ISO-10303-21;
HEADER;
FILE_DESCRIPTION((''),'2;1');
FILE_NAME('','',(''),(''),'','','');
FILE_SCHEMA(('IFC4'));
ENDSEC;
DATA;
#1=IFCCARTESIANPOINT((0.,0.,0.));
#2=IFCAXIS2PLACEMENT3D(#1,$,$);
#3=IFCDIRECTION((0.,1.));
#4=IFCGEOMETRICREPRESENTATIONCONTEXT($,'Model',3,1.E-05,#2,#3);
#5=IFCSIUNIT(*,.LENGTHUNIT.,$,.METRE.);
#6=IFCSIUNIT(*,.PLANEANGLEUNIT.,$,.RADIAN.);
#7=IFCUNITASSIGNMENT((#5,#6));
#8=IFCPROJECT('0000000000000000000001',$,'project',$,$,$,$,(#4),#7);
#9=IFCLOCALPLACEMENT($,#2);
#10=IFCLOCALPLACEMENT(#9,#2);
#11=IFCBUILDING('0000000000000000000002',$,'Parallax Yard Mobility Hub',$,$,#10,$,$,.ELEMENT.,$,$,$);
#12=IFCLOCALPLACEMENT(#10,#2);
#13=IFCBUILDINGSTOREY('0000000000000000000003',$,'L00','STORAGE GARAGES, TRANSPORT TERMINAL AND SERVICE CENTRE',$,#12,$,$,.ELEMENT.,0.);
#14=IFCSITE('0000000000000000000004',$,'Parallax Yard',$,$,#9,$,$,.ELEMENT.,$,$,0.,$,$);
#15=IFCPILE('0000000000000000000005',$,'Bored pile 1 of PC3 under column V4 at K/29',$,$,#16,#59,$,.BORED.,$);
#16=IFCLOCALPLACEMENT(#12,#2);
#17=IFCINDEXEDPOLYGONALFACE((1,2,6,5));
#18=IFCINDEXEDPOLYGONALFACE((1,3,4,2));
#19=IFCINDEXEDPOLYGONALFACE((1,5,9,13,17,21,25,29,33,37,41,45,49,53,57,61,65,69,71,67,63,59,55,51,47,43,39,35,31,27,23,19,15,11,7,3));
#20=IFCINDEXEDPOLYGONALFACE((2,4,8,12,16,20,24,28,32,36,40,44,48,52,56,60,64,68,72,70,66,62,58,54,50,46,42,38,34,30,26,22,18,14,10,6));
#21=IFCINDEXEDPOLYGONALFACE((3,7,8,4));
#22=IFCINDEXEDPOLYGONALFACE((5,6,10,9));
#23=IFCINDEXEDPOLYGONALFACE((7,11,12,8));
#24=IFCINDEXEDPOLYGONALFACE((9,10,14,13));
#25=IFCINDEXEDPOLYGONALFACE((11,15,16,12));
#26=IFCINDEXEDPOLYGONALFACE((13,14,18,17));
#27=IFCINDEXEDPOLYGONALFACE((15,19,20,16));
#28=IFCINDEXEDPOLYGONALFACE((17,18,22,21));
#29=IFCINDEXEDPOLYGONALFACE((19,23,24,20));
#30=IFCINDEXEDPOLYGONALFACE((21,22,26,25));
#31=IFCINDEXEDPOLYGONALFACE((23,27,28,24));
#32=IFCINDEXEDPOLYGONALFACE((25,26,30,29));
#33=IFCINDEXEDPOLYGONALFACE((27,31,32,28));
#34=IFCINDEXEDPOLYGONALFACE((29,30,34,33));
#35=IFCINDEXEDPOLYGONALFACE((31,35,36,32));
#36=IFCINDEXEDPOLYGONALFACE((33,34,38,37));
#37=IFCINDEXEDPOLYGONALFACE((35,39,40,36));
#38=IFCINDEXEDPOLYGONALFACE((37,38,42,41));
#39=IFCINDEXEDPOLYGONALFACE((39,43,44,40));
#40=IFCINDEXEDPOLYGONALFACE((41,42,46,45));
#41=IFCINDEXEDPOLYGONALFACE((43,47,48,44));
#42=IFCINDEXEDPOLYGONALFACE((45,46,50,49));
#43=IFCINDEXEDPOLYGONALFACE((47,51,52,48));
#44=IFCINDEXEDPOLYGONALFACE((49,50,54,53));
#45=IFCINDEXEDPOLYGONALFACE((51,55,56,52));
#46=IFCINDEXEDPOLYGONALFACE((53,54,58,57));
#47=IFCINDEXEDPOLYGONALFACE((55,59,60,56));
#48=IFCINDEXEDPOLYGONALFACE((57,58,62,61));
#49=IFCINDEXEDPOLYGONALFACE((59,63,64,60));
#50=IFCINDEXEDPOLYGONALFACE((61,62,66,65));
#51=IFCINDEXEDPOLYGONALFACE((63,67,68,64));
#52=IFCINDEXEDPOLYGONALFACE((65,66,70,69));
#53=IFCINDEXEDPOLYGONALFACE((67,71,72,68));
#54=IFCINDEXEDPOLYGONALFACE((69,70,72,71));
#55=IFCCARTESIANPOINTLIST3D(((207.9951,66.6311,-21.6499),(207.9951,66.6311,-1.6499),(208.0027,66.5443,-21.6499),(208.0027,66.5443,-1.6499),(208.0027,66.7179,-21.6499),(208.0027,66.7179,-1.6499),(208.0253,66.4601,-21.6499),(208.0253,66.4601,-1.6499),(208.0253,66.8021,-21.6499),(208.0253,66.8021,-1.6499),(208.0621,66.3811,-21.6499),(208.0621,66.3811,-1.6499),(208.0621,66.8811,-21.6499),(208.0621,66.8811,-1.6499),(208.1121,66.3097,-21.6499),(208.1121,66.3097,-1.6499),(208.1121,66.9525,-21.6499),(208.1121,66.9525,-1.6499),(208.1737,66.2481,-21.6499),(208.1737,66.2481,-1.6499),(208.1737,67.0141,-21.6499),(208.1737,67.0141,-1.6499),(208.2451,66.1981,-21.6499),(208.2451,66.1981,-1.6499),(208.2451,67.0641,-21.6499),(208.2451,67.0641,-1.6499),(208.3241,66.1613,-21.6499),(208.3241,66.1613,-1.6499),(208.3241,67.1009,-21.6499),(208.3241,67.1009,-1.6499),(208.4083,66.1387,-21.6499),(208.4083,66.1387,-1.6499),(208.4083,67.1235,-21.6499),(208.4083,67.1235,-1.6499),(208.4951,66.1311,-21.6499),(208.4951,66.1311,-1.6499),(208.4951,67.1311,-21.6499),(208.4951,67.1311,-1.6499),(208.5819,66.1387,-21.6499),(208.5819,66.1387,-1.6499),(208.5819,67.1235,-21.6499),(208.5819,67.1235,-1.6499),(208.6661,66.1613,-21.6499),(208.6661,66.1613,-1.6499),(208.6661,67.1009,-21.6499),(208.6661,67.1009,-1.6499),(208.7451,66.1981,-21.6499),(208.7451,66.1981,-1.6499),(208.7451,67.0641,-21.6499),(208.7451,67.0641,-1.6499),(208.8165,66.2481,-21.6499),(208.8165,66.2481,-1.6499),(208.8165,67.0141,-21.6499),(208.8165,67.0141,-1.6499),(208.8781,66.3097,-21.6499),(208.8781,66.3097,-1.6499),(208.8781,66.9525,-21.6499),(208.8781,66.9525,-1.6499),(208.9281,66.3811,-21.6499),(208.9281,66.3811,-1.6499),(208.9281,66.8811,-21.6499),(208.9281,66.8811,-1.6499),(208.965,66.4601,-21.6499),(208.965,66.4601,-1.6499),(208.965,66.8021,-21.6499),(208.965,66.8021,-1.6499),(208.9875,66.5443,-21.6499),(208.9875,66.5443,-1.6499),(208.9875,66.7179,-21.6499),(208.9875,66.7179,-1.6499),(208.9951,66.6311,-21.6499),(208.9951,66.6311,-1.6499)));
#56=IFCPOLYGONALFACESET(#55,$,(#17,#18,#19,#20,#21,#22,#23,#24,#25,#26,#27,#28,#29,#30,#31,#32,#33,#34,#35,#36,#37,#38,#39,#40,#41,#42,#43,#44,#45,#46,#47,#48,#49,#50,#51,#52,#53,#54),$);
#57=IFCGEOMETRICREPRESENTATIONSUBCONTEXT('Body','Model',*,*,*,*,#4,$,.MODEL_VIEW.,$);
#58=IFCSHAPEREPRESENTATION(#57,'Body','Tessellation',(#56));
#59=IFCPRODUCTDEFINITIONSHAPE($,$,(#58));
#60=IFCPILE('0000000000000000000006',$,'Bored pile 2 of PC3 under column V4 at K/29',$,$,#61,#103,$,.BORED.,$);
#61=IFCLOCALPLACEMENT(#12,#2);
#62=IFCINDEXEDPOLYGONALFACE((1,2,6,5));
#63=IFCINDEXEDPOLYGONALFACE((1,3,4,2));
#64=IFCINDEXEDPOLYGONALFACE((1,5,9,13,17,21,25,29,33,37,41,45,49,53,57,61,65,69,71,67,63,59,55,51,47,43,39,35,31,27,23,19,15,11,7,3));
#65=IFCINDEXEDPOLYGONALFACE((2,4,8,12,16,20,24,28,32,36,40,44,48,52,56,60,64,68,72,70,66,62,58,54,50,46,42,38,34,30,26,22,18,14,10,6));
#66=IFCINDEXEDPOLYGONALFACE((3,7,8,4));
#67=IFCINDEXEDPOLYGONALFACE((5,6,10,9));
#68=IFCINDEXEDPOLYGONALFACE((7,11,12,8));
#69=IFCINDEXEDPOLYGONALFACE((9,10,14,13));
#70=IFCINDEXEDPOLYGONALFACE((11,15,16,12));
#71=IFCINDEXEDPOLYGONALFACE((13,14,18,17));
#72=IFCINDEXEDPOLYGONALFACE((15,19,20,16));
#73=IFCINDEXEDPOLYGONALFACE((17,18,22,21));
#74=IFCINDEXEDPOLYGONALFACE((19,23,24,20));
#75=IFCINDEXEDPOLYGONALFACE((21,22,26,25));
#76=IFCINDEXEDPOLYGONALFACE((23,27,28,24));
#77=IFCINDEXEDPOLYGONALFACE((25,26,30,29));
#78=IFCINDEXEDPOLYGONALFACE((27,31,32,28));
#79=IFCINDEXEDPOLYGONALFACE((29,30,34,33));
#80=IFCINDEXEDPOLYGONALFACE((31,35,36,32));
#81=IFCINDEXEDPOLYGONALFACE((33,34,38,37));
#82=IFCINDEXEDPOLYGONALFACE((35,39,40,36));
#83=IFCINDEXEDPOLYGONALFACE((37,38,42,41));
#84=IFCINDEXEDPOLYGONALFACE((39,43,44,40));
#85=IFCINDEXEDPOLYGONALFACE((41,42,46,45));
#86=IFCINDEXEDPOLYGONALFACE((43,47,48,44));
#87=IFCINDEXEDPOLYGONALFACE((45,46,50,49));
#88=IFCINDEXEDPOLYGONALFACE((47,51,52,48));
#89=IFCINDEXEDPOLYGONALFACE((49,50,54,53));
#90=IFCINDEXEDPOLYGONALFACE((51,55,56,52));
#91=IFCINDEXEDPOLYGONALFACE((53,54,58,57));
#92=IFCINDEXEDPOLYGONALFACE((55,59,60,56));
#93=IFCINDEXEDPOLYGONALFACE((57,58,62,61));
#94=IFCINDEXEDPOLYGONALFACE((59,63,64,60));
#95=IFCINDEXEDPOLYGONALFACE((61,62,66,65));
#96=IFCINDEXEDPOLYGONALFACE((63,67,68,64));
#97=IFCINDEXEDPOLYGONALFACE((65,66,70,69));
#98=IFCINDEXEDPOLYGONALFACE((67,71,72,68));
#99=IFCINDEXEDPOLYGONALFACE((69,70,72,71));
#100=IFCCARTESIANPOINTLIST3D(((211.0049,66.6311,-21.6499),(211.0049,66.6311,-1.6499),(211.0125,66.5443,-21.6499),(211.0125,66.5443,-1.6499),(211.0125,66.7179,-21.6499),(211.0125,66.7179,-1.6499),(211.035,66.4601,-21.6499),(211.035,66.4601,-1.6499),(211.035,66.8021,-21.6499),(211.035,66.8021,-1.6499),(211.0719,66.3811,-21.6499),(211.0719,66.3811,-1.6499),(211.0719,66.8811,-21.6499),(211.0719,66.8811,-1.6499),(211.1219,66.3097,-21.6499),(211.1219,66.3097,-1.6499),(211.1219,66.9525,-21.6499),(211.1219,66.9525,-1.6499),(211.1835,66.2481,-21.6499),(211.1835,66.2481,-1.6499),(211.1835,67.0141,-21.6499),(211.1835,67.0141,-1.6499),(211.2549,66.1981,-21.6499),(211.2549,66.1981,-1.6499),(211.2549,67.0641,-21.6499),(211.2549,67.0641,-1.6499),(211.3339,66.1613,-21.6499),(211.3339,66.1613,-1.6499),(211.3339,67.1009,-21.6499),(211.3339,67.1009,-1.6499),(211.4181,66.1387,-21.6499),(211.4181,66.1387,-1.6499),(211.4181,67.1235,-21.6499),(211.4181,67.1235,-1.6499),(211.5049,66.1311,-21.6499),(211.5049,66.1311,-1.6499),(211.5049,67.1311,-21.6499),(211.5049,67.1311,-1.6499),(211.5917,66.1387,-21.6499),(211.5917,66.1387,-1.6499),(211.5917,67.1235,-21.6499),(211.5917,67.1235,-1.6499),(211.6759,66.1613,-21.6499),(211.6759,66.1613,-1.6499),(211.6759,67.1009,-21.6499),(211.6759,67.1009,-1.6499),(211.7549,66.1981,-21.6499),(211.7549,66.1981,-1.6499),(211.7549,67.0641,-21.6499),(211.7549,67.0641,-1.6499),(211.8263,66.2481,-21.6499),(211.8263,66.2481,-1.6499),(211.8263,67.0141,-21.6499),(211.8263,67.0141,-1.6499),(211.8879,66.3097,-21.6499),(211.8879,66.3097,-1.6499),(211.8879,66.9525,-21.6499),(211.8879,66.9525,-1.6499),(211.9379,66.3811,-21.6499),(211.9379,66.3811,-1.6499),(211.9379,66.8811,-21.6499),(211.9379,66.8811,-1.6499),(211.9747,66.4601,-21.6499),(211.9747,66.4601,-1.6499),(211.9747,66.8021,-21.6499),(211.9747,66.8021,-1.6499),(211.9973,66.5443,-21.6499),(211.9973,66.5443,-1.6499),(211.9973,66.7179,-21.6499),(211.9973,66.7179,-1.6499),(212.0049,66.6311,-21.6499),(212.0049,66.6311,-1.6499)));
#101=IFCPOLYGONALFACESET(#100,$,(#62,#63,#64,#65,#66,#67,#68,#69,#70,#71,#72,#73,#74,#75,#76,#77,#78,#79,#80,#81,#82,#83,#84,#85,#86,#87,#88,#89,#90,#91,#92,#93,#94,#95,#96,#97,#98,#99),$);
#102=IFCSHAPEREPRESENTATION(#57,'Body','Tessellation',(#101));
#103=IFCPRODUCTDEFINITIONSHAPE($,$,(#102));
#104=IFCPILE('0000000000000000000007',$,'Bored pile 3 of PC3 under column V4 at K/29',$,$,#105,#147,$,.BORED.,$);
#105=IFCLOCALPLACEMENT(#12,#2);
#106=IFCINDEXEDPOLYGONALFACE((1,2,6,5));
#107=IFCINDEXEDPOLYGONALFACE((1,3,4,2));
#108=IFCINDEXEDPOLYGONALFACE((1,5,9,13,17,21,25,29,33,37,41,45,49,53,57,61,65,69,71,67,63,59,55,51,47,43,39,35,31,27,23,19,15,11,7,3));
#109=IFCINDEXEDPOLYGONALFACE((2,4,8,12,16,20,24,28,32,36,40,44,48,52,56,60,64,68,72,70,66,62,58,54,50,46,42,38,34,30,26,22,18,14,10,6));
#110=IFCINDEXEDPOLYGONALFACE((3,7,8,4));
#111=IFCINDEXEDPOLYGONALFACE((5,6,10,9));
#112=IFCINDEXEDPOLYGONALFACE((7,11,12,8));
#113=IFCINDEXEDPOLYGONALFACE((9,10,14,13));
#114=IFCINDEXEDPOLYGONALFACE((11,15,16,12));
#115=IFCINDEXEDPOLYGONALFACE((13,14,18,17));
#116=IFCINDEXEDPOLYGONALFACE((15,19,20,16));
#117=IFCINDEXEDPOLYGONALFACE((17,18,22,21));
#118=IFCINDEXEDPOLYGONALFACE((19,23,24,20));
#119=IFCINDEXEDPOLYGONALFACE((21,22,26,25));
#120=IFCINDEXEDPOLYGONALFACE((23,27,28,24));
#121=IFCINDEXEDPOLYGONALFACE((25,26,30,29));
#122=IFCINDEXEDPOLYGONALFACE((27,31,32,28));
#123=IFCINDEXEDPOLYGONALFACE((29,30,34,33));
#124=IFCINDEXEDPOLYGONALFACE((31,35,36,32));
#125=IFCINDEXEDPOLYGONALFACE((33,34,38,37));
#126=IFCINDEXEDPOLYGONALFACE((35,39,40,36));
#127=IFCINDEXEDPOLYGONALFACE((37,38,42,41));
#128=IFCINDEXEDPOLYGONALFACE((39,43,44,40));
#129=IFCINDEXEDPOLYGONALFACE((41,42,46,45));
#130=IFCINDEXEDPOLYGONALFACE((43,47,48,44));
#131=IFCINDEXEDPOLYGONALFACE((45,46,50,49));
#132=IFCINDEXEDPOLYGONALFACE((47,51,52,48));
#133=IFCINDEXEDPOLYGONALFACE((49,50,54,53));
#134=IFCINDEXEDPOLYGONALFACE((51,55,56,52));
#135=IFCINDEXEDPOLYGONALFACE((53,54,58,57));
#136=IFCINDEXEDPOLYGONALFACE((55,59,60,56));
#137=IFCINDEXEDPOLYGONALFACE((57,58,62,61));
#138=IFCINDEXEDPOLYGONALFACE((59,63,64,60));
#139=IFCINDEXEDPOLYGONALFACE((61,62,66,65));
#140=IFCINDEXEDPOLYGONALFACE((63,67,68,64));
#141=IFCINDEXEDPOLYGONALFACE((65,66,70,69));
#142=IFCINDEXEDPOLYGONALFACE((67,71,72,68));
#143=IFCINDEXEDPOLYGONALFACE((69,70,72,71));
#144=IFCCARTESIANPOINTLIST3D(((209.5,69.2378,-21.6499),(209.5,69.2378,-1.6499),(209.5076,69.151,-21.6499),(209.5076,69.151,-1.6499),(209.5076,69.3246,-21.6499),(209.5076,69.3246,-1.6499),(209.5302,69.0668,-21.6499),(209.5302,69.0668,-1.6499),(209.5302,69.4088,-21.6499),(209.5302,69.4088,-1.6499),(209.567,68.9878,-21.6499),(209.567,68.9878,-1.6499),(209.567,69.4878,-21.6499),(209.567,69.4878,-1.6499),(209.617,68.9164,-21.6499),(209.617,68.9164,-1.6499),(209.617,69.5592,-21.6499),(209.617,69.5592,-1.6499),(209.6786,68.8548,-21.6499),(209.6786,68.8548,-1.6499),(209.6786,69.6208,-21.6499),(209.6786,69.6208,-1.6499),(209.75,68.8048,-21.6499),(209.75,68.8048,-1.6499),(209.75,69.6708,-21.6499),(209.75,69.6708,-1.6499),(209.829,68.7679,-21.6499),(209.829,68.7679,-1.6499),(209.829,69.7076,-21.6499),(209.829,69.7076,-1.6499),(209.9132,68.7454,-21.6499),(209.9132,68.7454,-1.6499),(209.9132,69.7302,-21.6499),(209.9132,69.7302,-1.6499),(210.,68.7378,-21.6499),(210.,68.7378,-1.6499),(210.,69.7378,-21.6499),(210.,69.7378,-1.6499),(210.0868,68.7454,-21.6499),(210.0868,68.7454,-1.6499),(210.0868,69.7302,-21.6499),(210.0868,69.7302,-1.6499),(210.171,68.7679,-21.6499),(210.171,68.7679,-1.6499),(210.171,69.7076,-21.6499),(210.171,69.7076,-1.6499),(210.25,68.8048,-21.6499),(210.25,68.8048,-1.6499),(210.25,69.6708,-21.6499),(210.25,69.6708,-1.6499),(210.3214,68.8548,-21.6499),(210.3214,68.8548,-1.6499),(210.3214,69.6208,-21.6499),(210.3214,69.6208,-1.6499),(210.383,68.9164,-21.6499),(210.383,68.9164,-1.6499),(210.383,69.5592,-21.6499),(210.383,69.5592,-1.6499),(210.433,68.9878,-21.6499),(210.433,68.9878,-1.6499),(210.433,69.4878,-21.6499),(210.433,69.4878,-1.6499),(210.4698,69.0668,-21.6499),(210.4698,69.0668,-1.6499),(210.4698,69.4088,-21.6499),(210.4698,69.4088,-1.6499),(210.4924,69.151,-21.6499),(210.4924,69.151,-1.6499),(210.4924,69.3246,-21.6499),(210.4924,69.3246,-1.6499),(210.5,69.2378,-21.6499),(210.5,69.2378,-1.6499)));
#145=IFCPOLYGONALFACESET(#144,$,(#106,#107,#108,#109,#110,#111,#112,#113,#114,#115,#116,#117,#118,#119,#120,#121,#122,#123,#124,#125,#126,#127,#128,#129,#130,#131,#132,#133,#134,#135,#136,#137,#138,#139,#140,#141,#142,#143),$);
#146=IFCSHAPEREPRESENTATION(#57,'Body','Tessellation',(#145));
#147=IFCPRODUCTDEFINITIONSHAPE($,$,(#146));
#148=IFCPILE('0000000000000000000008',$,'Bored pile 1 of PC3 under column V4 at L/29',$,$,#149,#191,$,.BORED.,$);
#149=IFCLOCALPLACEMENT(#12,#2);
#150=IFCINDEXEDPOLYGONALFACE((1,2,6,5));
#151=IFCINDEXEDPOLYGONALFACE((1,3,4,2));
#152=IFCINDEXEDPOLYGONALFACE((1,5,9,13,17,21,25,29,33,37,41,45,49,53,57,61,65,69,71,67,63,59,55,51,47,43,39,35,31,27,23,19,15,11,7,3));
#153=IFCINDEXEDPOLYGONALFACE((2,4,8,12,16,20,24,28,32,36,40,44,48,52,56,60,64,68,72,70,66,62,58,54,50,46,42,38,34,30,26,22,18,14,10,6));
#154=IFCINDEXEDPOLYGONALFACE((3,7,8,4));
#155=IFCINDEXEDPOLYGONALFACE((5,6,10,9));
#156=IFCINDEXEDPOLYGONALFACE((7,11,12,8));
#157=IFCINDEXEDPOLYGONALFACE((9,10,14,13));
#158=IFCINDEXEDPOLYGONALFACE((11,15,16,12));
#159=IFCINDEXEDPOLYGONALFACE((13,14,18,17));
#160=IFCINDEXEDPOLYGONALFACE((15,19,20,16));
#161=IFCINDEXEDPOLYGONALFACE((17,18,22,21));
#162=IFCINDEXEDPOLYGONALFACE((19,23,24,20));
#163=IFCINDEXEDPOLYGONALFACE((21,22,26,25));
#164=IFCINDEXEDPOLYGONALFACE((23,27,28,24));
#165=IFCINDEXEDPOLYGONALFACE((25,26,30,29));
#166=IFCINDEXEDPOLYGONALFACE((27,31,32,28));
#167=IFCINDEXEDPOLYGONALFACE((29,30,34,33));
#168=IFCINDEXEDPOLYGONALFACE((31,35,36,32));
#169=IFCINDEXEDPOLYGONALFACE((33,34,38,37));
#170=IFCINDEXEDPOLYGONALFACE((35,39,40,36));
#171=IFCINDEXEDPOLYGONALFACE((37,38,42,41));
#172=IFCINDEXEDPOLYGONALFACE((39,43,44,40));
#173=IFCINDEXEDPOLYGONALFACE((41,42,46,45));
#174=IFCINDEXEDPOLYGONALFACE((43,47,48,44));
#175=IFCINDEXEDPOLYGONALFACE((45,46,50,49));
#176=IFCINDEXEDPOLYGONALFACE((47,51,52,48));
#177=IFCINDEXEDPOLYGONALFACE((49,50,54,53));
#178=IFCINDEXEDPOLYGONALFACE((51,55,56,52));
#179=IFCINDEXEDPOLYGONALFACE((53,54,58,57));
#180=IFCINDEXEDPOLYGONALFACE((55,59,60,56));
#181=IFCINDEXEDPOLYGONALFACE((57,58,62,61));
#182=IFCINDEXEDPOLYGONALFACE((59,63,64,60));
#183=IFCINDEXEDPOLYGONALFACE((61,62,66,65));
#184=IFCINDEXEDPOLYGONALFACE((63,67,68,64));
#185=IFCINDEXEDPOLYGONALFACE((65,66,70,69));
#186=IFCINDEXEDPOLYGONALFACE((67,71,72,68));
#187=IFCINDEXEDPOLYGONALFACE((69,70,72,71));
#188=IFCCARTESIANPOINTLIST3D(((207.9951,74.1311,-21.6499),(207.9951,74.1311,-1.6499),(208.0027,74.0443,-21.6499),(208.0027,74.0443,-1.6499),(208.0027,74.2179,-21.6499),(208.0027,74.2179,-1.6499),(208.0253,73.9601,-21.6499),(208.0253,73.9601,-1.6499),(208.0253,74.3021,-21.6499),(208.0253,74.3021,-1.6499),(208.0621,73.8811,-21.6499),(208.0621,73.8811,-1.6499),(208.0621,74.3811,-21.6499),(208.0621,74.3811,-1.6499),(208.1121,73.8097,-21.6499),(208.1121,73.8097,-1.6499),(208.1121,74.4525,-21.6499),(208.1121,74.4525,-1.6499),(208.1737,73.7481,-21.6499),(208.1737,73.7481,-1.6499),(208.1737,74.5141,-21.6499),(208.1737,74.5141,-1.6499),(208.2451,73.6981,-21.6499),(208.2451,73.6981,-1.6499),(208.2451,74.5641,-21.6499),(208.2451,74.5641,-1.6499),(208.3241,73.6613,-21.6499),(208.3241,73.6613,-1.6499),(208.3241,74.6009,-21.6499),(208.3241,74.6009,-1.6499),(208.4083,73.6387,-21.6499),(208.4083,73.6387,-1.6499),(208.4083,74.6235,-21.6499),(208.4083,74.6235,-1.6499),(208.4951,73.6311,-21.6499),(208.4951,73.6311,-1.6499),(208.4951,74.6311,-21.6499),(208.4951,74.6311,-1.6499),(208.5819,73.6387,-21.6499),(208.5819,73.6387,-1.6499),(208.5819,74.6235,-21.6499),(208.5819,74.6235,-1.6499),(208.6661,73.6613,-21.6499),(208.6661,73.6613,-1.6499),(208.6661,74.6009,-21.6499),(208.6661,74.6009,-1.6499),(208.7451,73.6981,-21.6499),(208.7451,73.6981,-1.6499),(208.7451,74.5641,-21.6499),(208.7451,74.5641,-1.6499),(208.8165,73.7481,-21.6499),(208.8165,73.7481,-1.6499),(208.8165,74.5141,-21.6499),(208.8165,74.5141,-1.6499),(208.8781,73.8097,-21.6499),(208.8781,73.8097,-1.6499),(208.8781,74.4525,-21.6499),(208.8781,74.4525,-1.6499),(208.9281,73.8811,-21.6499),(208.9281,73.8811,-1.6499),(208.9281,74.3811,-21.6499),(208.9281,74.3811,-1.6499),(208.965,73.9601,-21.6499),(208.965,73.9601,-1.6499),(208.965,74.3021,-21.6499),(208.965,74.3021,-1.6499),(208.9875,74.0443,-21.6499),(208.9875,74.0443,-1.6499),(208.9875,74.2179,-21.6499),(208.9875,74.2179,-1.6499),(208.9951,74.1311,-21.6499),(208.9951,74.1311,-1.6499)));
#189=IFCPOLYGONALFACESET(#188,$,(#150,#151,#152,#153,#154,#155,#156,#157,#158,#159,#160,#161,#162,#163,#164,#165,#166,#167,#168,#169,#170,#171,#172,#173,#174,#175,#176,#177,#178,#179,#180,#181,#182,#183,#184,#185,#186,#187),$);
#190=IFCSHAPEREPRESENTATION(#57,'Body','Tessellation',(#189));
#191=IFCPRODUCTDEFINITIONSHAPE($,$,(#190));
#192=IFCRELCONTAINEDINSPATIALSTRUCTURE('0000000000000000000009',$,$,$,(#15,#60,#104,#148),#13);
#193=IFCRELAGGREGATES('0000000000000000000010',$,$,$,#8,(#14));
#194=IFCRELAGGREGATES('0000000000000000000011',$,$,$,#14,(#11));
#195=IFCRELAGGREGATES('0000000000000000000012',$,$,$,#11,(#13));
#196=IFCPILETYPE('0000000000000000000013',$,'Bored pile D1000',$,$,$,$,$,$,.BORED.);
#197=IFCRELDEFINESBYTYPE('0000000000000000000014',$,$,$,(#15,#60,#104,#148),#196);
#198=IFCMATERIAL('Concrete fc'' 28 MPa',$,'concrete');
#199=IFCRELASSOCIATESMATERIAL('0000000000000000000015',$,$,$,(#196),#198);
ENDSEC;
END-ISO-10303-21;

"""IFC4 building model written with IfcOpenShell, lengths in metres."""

from ifc_helpers import new_model, si_unit, direction, frame, origin, origin_2d, place, context, subcontext, project, spatial, circle, extrude, material, material_profile, profile_set, type_object, element, save


model = new_model("IFC4")

# Units and contexts
model_context = context("Model", 3, precision=1e-05, world=origin(), true_north=direction((0.0, 1.0)))
body_context = subcontext(model_context, "Body", "Model", "MODEL_VIEW")
ifc_project = project(units=[si_unit("LENGTHUNIT", "METRE"), si_unit("PLANEANGLEUNIT", "RADIAN")], contexts=[model_context])

# Site, building, storey
site_placement = place(None, origin())
site = spatial("IfcSite", under=ifc_project, at=site_placement, Name="Parallax Yard", CompositionType="ELEMENT", RefElevation=0.0)
building_placement = place(site_placement, origin())
building = spatial("IfcBuilding", under=site, at=building_placement, Name="Parallax Yard Mobility Hub", CompositionType="ELEMENT")
storey_placement = place(building_placement, origin())
storey = spatial("IfcBuildingStorey", under=building, at=storey_placement, Name="L00", Description="STORAGE GARAGES, TRANSPORT TERMINAL AND SERVICE CENTRE", CompositionType="ELEMENT", Elevation=0.0)

# Piles
ifc_material_1 = material(Name="Concrete fc' 28 MPa", Category="concrete")
ifc_material_profile_1 = material_profile(ifc_material_1, circle(Radius=0.5, at=origin_2d()), Name="Bored pile D1000")
ifc_profile_set_1 = profile_set([ifc_material_profile_1], Name="Concrete fc' 28 MPa")
pile_type = type_object("IfcPileType", Name="Bored pile D1000", PredefinedType="BORED", material=ifc_profile_set_1)
for number, where, z_axis, x_axis, name in (
    (1, (208.4951, 66.6311, -1.6499), (0.0, 0.0, -1.0), (1.0, 0.0, 0.0), "Bored pile 1 of PC3 under column V4 at K/29"),
    (2, (211.5049, 66.6311, -1.6499), (0.0, 0.0, -1.0), (1.0, 0.0, 0.0), "Bored pile 2 of PC3 under column V4 at K/29"),
    (3, (210.0, 69.2378, -1.6499), (0.0, 0.0, -1.0), (1.0, 0.0, 0.0), "Bored pile 3 of PC3 under column V4 at K/29"),
    (4, (208.4951, 74.1311, -1.6499), (0.0, 0.0, -1.0), (1.0, 0.0, 0.0), "Bored pile 1 of PC3 under column V4 at L/29"),
):
    element("IfcPile", number, at=place(storey_placement, frame(where, z_axis=z_axis, x_axis=x_axis)), inside=storey, type_object=pile_type, Name=name, PredefinedType="BORED", context=body_context, shape_type="SweptSolid", body=[
        extrude(circle(Radius=0.5, at=origin_2d()), origin(), (0.0, 0.0, 1.0), 20.0),
    ])

save(model, "model.ifc")
